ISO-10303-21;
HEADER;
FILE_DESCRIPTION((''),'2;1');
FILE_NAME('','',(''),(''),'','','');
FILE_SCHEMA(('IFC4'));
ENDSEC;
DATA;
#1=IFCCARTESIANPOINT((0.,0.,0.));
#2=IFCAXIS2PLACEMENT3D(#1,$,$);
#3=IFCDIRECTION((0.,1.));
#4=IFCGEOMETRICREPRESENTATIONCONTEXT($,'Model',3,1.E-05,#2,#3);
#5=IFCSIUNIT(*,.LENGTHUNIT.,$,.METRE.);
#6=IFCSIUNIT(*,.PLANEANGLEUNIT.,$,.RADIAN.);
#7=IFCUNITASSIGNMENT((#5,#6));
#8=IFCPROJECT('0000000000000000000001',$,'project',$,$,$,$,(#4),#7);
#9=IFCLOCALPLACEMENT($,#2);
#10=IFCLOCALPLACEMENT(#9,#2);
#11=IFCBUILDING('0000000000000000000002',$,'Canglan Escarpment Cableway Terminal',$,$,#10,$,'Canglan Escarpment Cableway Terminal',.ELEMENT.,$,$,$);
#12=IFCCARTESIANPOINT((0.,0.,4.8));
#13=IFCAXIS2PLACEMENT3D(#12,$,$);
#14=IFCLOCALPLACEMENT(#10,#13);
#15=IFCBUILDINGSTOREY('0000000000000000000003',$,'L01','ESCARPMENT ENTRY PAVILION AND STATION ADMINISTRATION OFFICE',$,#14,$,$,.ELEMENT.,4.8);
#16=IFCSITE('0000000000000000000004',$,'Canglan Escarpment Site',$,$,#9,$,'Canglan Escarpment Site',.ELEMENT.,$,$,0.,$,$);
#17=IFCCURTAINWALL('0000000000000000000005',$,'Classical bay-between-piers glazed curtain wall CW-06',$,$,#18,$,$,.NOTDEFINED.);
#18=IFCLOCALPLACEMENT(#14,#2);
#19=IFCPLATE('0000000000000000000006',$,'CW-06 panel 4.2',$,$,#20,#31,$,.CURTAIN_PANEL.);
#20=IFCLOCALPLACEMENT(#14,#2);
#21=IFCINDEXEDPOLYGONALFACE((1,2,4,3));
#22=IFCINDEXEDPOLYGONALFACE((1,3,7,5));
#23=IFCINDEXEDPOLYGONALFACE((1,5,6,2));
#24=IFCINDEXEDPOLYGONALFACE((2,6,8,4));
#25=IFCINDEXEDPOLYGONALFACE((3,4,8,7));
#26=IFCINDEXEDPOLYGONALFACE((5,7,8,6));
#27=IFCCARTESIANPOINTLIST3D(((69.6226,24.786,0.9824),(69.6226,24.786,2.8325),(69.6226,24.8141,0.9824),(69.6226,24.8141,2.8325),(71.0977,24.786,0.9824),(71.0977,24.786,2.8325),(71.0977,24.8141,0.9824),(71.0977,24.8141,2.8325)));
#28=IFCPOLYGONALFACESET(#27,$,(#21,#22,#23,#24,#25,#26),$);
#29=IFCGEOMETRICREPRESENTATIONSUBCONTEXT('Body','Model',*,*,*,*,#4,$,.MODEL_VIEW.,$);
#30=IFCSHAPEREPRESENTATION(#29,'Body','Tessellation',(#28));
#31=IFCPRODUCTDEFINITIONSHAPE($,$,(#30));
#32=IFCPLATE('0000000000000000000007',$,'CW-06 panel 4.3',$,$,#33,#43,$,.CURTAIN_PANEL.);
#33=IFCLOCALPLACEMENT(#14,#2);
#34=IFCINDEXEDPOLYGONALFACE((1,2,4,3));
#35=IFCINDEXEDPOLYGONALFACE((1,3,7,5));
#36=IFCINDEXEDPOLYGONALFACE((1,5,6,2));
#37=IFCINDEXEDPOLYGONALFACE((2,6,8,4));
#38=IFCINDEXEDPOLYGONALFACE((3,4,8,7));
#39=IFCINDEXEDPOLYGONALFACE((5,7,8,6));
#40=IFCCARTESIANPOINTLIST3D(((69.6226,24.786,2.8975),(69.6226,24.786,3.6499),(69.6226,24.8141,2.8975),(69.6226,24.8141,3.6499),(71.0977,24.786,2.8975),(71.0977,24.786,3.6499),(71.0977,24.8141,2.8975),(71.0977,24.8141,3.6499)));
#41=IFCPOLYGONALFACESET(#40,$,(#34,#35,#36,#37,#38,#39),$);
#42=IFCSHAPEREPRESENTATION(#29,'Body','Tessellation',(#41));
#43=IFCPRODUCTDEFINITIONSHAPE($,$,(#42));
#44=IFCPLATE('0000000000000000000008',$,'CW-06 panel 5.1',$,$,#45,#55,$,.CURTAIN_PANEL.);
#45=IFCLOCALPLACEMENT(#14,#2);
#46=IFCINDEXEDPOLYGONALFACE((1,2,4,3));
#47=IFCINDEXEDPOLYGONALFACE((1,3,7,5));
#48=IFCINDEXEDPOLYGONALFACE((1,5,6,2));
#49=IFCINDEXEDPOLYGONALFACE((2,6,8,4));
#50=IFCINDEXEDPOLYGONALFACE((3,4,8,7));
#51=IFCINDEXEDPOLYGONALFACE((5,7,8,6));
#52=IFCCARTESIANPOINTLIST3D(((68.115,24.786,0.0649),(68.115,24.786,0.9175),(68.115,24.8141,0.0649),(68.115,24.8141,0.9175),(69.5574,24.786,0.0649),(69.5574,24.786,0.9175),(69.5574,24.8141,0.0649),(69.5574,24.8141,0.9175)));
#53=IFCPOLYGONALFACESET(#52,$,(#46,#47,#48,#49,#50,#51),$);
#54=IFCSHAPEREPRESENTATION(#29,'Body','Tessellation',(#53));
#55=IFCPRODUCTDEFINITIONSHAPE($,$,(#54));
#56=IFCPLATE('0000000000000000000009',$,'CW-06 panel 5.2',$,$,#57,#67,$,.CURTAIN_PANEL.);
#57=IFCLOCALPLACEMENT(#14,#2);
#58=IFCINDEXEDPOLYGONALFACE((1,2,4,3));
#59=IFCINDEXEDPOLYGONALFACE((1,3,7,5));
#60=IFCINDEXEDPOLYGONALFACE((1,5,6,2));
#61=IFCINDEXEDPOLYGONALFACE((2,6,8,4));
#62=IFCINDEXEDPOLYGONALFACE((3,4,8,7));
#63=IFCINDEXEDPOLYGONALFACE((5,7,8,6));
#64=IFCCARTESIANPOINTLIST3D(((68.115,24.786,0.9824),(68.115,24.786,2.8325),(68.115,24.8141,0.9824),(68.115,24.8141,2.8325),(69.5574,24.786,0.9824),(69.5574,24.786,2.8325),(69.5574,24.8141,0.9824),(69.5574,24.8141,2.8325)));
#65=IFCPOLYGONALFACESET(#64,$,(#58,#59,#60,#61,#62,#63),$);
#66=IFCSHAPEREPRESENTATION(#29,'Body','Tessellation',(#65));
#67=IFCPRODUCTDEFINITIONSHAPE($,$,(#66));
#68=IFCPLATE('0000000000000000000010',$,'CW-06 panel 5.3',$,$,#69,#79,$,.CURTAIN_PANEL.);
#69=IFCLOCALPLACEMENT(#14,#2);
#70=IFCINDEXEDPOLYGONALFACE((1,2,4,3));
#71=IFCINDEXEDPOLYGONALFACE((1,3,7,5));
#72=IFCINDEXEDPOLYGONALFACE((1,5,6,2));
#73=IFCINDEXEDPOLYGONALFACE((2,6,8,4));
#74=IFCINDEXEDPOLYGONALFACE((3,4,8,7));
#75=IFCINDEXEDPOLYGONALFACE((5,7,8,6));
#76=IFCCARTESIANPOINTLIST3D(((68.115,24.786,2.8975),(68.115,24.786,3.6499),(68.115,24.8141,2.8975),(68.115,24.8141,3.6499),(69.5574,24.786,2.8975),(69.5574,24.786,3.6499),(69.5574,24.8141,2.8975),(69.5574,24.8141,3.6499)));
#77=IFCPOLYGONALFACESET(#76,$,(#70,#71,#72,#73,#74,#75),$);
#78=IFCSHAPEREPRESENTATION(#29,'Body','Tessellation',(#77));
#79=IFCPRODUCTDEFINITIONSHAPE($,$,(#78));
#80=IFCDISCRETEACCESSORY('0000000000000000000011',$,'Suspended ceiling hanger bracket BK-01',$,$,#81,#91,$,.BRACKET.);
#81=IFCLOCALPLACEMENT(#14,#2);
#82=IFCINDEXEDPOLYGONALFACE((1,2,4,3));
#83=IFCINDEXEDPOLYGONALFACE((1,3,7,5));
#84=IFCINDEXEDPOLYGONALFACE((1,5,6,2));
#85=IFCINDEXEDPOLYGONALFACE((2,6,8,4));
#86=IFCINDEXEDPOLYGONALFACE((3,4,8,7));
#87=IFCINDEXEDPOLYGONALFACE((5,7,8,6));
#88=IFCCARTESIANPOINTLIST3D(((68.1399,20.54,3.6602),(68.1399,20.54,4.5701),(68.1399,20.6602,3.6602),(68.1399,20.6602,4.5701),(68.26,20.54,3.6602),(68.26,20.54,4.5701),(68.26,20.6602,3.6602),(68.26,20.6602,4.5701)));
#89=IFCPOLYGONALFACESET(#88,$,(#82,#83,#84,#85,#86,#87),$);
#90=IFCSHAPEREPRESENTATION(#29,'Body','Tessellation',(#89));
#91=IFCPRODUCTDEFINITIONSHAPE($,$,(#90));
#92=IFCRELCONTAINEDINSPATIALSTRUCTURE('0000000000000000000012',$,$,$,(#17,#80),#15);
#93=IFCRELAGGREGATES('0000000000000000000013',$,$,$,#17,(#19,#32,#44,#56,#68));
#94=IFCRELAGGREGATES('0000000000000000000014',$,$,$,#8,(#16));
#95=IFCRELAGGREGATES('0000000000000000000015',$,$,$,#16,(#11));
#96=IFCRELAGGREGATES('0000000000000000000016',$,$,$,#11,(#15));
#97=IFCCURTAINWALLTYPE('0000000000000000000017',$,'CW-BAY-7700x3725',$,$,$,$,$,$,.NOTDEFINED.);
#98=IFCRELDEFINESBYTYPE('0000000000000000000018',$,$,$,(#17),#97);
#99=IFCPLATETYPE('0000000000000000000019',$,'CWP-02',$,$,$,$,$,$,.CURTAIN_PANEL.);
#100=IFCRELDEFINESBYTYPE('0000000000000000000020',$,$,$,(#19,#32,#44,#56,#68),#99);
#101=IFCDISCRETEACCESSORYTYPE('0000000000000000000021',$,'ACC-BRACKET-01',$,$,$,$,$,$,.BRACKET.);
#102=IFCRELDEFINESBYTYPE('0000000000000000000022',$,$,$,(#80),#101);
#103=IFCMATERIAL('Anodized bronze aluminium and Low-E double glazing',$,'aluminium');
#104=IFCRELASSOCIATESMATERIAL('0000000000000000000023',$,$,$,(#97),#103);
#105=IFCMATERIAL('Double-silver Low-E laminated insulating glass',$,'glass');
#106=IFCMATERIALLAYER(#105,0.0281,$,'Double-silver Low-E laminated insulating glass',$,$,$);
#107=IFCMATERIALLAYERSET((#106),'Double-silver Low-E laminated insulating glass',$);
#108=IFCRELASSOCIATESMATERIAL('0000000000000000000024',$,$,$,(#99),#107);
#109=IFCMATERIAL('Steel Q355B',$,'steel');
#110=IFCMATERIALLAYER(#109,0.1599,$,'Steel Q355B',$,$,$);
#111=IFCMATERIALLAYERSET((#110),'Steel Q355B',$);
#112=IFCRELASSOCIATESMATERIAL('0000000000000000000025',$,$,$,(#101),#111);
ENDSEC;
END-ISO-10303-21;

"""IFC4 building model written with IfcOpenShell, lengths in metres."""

from ifc_helpers import new_model, si_unit, direction, frame, origin, origin_2d, place, context, subcontext, project, spatial, rectangle, extrude, material, layer, layer_set, type_object, element, aggregate, save


model = new_model("IFC4")

# Units and contexts
model_context = context("Model", 3, precision=1e-05, world=origin(), true_north=direction((0.0, 1.0)))
body_context = subcontext(model_context, "Body", "Model", "MODEL_VIEW")
ifc_project = project(units=[si_unit("LENGTHUNIT", "METRE"), si_unit("PLANEANGLEUNIT", "RADIAN")], contexts=[model_context])

# Site, building, storey
site_placement = place(None, origin())
site = spatial("IfcSite", under=ifc_project, at=site_placement, Name="Canglan Escarpment Site", LongName="Canglan Escarpment Site", CompositionType="ELEMENT", RefElevation=0.0)
building_placement = place(site_placement, origin())
building = spatial("IfcBuilding", under=site, at=building_placement, Name="Canglan Escarpment Cableway Terminal", LongName="Canglan Escarpment Cableway Terminal", CompositionType="ELEMENT")
storey_placement = place(building_placement, frame((0.0, 0.0, 4.8)))
storey = spatial("IfcBuildingStorey", under=building, at=storey_placement, Name="L01", Description="ESCARPMENT ENTRY PAVILION AND STATION ADMINISTRATION OFFICE", CompositionType="ELEMENT", Elevation=4.8)

# Curtain wall
ifc_material_1 = material(Name="Anodized bronze aluminium and Low-E double glazing", Category="aluminium")
curtain_wall_type = type_object("IfcCurtainWallType", Name="CW-BAY-7700x3725", PredefinedType="NOTDEFINED", material=ifc_material_1)
curtain_wall_placement = place(storey_placement, origin())
curtain_wall = element("IfcCurtainWall", 1, at=curtain_wall_placement, inside=storey, type_object=curtain_wall_type, Name="Classical bay-between-piers glazed curtain wall CW-06", PredefinedType="NOTDEFINED")

# Shared definitions
ifc_material_2 = material(Name="Steel Q355B", Category="steel")

# Plates
ifc_material_3 = material(Name="Double-silver Low-E laminated insulating glass", Category="glass")
ifc_layer_1 = layer(ifc_material_3, 0.0281, Name="Double-silver Low-E laminated insulating glass")
ifc_layer_set_1 = layer_set([ifc_layer_1], Name="Double-silver Low-E laminated insulating glass")
plate_type = type_object("IfcPlateType", Name="CWP-02", PredefinedType="CURTAIN_PANEL", material=ifc_layer_set_1)
plate_1_placement = place(storey_placement, frame((70.3601, 24.8, 0.9824), z_axis=(0.0, 0.0, 1.0), x_axis=(-1.0, 0.0, 0.0)))
plate_1 = element("IfcPlate", 2, at=plate_1_placement, type_object=plate_type, Name="CW-06 panel 4.2", PredefinedType="CURTAIN_PANEL", context=body_context, shape_type="SweptSolid", body=[
    extrude(rectangle(XDim=1.4751, YDim=0.0281, at=origin_2d()), origin(), (0.0, 0.0, 1.0), 1.8501),
])
plate_2_placement = place(storey_placement, frame((70.3601, 24.8, 2.8975), z_axis=(0.0, 0.0, 1.0), x_axis=(-1.0, 0.0, 0.0)))
plate_2 = element("IfcPlate", 3, at=plate_2_placement, type_object=plate_type, Name="CW-06 panel 4.3", PredefinedType="CURTAIN_PANEL", context=body_context, shape_type="SweptSolid", body=[
    extrude(rectangle(XDim=1.4751, YDim=0.0281, at=origin_2d()), origin(), (0.0, 0.0, 1.0), 0.7524),
])
plate_3_placement = place(storey_placement, frame((68.8362, 24.8, 0.0649), z_axis=(0.0, 0.0, 1.0), x_axis=(-1.0, 0.0, 0.0)))
plate_3 = element("IfcPlate", 4, at=plate_3_placement, type_object=plate_type, Name="CW-06 panel 5.1", PredefinedType="CURTAIN_PANEL", context=body_context, shape_type="SweptSolid", body=[
    extrude(rectangle(XDim=1.4424, YDim=0.0281, at=origin_2d()), origin(), (0.0, 0.0, 1.0), 0.8525),
])
plate_4_placement = place(storey_placement, frame((68.8362, 24.8, 0.9824), z_axis=(0.0, 0.0, 1.0), x_axis=(-1.0, 0.0, 0.0)))
plate_4 = element("IfcPlate", 5, at=plate_4_placement, type_object=plate_type, Name="CW-06 panel 5.2", PredefinedType="CURTAIN_PANEL", context=body_context, shape_type="SweptSolid", body=[
    extrude(rectangle(XDim=1.4424, YDim=0.0281, at=origin_2d()), origin(), (0.0, 0.0, 1.0), 1.8501),
])
plate_5_placement = place(storey_placement, frame((68.8362, 24.8, 2.8975), z_axis=(0.0, 0.0, 1.0), x_axis=(-1.0, 0.0, 0.0)))
plate_5 = element("IfcPlate", 6, at=plate_5_placement, type_object=plate_type, Name="CW-06 panel 5.3", PredefinedType="CURTAIN_PANEL", context=body_context, shape_type="SweptSolid", body=[
    extrude(rectangle(XDim=1.4424, YDim=0.0281, at=origin_2d()), origin(), (0.0, 0.0, 1.0), 0.7524),
])
aggregate(curtain_wall, [plate_1, plate_2, plate_3, plate_4, plate_5])

# Discrete accessory
ifc_layer_2 = layer(ifc_material_2, 0.1599, Name="Steel Q355B")
ifc_layer_set_2 = layer_set([ifc_layer_2], Name="Steel Q355B")
discrete_accessory_type = type_object("IfcDiscreteAccessoryType", Name="ACC-BRACKET-01", PredefinedType="BRACKET", material=ifc_layer_set_2)
discrete_accessory_placement = place(storey_placement, frame((68.2, 20.6001, 3.6602), z_axis=(0.0, 0.0, 1.0), x_axis=(1.0, 0.0, 0.0)))
element("IfcDiscreteAccessory", 7, at=discrete_accessory_placement, inside=storey, type_object=discrete_accessory_type, Name="Suspended ceiling hanger bracket BK-01", PredefinedType="BRACKET", context=body_context, shape_type="SweptSolid", body=[
    extrude(rectangle(XDim=0.1201, YDim=0.1201, at=origin_2d()), origin(), (0.0, 0.0, 1.0), 0.9099),
])

save(model, "model.ifc")
